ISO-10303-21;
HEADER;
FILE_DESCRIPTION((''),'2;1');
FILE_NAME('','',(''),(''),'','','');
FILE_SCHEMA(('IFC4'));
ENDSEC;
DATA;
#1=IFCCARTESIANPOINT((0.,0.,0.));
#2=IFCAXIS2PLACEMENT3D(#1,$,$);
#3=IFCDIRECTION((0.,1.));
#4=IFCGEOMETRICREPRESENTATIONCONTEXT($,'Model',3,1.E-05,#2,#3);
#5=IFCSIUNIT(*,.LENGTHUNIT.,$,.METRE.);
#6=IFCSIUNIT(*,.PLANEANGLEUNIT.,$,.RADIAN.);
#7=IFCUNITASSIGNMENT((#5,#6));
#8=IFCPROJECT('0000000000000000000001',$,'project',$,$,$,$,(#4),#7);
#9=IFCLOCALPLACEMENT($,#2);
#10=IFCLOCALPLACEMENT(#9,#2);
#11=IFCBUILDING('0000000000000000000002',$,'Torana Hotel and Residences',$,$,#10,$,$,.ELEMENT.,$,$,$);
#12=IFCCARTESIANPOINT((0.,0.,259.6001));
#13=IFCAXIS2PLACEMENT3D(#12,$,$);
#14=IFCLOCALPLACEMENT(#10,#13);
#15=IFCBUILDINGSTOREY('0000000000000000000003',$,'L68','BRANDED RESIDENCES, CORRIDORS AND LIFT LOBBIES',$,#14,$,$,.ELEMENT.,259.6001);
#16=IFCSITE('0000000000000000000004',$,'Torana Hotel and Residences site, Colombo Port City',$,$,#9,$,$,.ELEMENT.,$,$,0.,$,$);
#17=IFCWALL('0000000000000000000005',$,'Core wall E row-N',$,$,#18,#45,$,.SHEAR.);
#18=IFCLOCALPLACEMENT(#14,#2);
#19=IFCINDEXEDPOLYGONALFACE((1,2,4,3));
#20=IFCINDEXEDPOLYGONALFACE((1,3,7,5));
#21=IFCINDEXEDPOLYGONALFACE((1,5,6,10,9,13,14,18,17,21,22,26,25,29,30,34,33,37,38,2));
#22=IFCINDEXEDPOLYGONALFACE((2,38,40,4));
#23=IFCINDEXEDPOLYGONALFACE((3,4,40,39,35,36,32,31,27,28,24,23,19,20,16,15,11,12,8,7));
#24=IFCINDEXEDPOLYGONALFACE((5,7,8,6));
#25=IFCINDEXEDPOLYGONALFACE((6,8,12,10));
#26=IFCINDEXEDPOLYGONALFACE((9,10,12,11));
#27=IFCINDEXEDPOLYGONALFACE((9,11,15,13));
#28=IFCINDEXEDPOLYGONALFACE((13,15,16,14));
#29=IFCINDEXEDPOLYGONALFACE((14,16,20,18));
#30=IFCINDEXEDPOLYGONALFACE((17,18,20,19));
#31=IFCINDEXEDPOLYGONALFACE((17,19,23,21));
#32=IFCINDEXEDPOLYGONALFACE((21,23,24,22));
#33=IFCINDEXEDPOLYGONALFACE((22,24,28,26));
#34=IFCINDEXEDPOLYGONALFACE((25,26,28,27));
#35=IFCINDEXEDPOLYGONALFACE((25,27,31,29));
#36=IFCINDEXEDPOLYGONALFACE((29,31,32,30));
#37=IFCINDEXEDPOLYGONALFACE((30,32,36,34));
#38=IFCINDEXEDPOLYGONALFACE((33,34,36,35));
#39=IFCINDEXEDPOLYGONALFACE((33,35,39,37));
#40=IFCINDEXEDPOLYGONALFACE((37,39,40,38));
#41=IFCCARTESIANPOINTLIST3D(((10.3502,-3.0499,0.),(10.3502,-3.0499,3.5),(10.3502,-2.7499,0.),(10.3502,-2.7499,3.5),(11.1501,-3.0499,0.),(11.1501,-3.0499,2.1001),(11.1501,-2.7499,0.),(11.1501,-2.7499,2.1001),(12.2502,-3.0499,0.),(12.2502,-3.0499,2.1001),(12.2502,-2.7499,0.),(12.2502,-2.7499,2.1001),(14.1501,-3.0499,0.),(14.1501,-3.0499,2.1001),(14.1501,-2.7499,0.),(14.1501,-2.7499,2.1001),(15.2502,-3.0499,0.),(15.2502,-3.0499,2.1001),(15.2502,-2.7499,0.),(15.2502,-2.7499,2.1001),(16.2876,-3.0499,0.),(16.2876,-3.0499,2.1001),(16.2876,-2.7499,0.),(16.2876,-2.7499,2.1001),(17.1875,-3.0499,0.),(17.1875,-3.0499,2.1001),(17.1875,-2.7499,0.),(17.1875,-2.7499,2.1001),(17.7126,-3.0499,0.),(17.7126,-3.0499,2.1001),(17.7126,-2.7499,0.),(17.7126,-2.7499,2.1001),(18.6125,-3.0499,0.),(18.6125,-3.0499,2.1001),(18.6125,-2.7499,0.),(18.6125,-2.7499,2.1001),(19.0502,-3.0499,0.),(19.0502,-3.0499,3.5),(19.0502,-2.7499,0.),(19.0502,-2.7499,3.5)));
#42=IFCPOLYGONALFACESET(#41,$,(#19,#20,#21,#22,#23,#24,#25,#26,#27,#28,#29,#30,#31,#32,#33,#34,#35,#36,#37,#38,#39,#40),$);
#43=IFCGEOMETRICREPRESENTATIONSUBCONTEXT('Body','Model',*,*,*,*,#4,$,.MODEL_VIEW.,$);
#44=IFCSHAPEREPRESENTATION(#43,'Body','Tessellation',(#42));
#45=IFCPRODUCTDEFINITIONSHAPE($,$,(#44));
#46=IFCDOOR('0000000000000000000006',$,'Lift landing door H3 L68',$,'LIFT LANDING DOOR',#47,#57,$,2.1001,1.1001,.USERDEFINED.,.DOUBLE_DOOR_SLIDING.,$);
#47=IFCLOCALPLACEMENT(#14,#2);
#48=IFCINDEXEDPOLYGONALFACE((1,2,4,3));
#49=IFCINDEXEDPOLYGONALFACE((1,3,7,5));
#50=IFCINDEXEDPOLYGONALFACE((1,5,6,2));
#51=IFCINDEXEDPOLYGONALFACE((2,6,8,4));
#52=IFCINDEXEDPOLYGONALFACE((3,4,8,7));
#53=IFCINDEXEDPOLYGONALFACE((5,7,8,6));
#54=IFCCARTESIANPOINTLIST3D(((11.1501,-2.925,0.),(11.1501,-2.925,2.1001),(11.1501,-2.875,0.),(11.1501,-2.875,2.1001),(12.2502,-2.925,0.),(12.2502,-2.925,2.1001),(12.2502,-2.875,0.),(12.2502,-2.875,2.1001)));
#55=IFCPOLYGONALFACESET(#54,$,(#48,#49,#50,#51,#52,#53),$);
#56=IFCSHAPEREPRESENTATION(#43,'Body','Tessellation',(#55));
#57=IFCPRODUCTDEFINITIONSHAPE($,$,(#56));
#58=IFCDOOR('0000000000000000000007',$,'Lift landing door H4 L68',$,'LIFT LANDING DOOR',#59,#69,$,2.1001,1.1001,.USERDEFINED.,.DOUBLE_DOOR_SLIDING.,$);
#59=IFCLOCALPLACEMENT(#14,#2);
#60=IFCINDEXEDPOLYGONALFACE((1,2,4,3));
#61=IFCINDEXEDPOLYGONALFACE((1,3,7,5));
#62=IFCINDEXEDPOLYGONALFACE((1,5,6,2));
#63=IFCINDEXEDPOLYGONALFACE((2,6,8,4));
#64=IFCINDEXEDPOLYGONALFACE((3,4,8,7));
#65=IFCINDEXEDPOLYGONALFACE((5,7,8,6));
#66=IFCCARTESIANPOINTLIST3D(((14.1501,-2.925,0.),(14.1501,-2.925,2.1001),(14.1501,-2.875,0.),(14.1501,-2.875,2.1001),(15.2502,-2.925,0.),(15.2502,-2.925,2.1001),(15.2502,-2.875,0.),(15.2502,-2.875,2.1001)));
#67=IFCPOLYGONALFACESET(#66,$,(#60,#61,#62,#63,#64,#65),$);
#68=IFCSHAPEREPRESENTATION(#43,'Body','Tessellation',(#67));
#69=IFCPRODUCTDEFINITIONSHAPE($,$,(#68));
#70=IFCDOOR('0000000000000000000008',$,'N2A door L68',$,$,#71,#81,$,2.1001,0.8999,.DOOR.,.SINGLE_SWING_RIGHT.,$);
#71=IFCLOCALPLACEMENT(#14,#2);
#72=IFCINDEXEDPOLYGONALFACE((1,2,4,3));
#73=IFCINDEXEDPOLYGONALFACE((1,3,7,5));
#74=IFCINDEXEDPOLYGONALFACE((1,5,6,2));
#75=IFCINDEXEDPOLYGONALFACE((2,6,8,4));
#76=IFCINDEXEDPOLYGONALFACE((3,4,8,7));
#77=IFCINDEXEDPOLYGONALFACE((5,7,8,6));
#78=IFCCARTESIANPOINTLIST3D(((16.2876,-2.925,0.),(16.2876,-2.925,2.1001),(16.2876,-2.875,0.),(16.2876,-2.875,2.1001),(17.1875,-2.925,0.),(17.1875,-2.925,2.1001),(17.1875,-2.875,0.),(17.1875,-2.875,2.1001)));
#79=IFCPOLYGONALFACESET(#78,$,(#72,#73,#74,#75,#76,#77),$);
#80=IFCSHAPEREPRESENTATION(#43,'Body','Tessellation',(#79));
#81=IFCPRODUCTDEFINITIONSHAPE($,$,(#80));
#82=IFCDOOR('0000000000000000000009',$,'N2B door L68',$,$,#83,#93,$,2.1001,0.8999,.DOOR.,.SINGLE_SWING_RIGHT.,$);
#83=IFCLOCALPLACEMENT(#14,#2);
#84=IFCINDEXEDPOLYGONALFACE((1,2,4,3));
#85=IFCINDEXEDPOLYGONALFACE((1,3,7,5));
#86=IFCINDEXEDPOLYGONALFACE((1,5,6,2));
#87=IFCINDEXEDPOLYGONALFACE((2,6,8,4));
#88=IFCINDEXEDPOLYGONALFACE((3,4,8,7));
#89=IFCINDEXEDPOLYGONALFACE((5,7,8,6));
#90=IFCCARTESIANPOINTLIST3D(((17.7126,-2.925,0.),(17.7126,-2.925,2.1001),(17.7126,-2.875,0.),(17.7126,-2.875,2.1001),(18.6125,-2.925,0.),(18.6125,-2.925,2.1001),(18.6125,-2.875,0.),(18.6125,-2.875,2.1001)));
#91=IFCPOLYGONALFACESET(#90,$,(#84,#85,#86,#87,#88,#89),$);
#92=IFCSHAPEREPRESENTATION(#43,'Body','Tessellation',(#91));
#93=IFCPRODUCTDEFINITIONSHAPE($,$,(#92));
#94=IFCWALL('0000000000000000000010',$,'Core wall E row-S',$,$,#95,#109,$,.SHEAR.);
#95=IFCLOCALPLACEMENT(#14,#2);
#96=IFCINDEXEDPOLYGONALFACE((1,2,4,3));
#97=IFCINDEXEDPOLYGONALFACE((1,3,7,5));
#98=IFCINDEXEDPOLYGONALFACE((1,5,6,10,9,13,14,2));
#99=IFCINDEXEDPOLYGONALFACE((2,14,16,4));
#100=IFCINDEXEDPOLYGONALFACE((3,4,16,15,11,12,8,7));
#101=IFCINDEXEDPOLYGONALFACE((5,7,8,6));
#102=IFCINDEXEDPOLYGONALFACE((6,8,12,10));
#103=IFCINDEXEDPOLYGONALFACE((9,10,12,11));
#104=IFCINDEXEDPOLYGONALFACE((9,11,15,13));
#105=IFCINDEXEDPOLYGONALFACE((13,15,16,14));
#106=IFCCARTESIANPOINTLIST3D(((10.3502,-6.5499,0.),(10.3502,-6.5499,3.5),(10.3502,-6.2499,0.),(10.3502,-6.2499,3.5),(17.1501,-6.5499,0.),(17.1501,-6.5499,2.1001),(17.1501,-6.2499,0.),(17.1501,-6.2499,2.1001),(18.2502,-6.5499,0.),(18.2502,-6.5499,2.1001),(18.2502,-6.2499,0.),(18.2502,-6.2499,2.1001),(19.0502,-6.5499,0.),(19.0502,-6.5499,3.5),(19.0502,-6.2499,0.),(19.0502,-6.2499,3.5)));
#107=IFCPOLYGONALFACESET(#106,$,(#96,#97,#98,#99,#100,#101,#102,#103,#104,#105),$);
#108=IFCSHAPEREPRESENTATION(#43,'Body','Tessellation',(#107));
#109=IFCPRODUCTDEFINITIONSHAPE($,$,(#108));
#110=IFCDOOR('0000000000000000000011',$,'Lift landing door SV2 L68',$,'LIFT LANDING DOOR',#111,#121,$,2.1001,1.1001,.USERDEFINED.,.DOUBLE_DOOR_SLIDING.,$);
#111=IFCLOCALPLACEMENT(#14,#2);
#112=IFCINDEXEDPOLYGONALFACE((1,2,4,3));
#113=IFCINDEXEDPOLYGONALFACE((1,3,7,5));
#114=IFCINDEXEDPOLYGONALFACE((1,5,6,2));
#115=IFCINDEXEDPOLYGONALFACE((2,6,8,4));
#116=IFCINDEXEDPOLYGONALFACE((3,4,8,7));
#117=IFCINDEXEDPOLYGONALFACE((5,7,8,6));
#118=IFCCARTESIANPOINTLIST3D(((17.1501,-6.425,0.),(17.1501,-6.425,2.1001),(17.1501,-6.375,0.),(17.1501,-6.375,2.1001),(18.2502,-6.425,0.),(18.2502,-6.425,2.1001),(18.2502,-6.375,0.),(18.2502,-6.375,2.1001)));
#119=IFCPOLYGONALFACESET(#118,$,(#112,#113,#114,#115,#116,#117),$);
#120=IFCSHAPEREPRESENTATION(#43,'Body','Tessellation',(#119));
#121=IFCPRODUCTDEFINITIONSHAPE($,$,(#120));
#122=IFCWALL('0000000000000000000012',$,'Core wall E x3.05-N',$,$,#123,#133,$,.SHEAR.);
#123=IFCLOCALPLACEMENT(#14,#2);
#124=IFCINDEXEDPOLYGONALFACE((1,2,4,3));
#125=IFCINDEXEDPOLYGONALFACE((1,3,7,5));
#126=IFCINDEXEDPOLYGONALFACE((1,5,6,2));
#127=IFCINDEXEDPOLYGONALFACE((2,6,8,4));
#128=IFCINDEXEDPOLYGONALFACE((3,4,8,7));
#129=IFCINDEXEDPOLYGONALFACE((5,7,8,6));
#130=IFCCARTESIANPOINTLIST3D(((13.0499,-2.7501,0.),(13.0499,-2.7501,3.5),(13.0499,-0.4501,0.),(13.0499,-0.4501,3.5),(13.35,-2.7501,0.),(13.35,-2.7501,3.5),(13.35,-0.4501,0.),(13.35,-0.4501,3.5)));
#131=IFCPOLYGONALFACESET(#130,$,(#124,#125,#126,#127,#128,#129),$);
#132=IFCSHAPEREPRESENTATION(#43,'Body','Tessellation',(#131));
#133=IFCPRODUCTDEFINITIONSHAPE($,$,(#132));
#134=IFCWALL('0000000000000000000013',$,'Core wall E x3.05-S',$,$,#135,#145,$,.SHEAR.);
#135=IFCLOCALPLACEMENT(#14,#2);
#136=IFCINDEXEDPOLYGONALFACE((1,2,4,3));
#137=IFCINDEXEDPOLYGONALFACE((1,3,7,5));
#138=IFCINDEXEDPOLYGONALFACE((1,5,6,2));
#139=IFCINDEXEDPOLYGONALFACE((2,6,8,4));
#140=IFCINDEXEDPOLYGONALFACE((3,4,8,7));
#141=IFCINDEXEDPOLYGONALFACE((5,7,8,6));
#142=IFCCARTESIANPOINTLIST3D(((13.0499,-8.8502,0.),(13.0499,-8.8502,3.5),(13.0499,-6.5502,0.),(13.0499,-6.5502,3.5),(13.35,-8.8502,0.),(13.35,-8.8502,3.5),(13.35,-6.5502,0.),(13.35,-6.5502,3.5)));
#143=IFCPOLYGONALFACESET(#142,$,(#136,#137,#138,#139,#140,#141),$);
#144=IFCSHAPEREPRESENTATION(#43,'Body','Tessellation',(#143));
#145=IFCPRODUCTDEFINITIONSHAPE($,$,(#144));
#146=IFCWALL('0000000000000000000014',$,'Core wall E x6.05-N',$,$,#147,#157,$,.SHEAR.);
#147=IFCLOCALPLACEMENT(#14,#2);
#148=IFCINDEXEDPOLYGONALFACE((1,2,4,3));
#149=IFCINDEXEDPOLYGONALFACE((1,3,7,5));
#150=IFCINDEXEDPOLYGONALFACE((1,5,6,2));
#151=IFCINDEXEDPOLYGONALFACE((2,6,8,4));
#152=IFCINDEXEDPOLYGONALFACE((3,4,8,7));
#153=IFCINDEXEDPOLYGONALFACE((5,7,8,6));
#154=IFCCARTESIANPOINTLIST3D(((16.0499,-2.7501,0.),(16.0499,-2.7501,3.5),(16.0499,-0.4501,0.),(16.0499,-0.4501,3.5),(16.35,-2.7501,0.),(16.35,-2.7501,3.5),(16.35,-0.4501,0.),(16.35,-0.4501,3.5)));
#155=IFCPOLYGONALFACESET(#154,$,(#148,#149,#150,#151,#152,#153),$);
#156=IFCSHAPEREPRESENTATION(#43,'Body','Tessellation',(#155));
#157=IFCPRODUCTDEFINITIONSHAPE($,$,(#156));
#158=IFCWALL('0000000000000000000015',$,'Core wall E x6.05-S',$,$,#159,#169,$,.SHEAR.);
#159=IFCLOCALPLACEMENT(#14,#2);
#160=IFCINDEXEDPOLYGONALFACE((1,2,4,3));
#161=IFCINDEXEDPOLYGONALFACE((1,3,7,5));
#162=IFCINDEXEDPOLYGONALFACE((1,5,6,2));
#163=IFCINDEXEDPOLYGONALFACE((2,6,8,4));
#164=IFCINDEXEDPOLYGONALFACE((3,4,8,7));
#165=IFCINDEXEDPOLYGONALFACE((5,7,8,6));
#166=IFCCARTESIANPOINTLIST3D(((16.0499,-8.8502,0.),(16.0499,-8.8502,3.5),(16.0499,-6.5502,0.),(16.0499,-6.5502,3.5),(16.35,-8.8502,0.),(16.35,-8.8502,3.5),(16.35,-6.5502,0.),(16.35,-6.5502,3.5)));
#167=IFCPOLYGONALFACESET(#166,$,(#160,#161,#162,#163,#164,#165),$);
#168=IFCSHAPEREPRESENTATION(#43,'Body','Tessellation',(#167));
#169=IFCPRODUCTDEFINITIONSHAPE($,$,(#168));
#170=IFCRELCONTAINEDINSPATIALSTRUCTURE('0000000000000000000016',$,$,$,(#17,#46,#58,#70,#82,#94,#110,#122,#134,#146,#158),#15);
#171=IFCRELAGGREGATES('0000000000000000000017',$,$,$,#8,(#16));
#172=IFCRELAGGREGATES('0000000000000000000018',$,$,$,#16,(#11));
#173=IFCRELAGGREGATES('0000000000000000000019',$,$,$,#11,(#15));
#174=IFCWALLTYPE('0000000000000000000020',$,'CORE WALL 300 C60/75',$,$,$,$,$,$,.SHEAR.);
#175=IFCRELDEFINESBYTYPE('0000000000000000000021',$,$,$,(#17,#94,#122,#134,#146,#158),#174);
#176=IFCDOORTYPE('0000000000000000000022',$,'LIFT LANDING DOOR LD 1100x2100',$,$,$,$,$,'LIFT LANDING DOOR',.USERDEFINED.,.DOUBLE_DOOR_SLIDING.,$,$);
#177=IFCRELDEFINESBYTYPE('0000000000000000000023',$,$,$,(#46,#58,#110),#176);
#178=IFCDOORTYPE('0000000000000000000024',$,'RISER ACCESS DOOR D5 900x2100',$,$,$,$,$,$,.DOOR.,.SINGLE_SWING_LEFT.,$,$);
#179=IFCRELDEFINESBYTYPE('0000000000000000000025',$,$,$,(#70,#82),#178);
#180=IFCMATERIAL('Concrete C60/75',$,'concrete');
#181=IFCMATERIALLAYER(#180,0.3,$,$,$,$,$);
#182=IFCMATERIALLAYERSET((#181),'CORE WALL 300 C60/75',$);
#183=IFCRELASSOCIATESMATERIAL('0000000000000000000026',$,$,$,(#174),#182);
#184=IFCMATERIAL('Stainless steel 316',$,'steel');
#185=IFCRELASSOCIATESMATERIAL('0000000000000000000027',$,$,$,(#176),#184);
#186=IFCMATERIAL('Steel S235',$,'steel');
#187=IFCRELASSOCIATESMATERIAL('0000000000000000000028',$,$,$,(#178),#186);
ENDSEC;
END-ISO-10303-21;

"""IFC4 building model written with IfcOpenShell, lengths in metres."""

from ifc_helpers import new_model, si_unit, direction, frame, frame_2d, origin, place, context, subcontext, project, spatial, rectangle, extrude, material, layer, layer_set, type_object, element, fill, save


model = new_model("IFC4")

# Units and contexts
model_context = context("Model", 3, precision=1e-05, world=origin(), true_north=direction((0.0, 1.0)))
body_context = subcontext(model_context, "Body", "Model", "MODEL_VIEW")
ifc_project = project(units=[si_unit("LENGTHUNIT", "METRE"), si_unit("PLANEANGLEUNIT", "RADIAN")], contexts=[model_context])

# Site, building, storey
site_placement = place(None, origin())
site = spatial("IfcSite", under=ifc_project, at=site_placement, Name="Torana Hotel and Residences site, Colombo Port City", CompositionType="ELEMENT", RefElevation=0.0)
building_placement = place(site_placement, origin())
building = spatial("IfcBuilding", under=site, at=building_placement, Name="Torana Hotel and Residences", CompositionType="ELEMENT")
storey_placement = place(building_placement, frame((0.0, 0.0, 259.6001)))
storey = spatial("IfcBuildingStorey", under=building, at=storey_placement, Name="L68", Description="BRANDED RESIDENCES, CORRIDORS AND LIFT LOBBIES", CompositionType="ELEMENT", Elevation=259.6001)

# Wall, openings, doors
ifc_material_1 = material(Name="Concrete C60/75", Category="concrete")
ifc_layer_1 = layer(ifc_material_1, 0.3)
ifc_layer_set_1 = layer_set([ifc_layer_1], Name="CORE WALL 300 C60/75")
wall_type_1 = type_object("IfcWallType", Name="CORE WALL 300 C60/75", PredefinedType="SHEAR", material=ifc_layer_set_1)
wall_1_placement = place(storey_placement, frame((10.3501, -2.8999, 0.0), z_axis=(0.0, 0.0, 1.0), x_axis=(1.0, 0.0, 0.0)))
wall_1 = element("IfcWall", 1, at=wall_1_placement, inside=storey, type_object=wall_type_1, Name="Core wall E row-N", PredefinedType="SHEAR", context=body_context, shape_type="SweptSolid", body=[
    extrude(rectangle(XDim=8.7, YDim=0.3, at=frame_2d((4.3501, 0.0))), origin(), (0.0, 0.0, 1.0), 3.5),
])
opening_1_placement = place(wall_1_placement, frame((0.8, 0.0, 0.0)))
opening_1 = element("IfcOpeningElement", 2, at=opening_1_placement, cuts=wall_1, PredefinedType="OPENING", context=body_context, shape_type="SweptSolid", body=[
    extrude(rectangle(XDim=1.1001, YDim=2.1001, at=frame_2d((0.55, 1.05))), frame((0.0, 0.1599, 0.0), z_axis=(0.0, -1.0, 0.0), x_axis=(1.0, 0.0, 0.0)), (0.0, 0.0, 1.0), 0.3201),
])
opening_2_placement = place(wall_1_placement, frame((3.8, 0.0, 0.0)))
opening_2 = element("IfcOpeningElement", 3, at=opening_2_placement, cuts=wall_1, PredefinedType="OPENING", context=body_context, shape_type="SweptSolid", body=[
    extrude(rectangle(XDim=1.1001, YDim=2.1001, at=frame_2d((0.55, 1.05))), frame((0.0, 0.1599, 0.0), z_axis=(0.0, -1.0, 0.0), x_axis=(1.0, 0.0, 0.0)), (0.0, 0.0, 1.0), 0.3201),
])
opening_3_placement = place(wall_1_placement, frame((5.9375, 0.0, 0.0)))
opening_3 = element("IfcOpeningElement", 4, at=opening_3_placement, cuts=wall_1, PredefinedType="OPENING", context=body_context, shape_type="SweptSolid", body=[
    extrude(rectangle(XDim=0.8999, YDim=2.1001, at=frame_2d((0.45, 1.05))), frame((0.0, 0.1599, 0.0), z_axis=(0.0, -1.0, 0.0), x_axis=(1.0, 0.0, 0.0)), (0.0, 0.0, 1.0), 0.3201),
])
opening_4_placement = place(wall_1_placement, frame((7.3625, 0.0, 0.0)))
opening_4 = element("IfcOpeningElement", 5, at=opening_4_placement, cuts=wall_1, PredefinedType="OPENING", context=body_context, shape_type="SweptSolid", body=[
    extrude(rectangle(XDim=0.8999, YDim=2.1001, at=frame_2d((0.45, 1.05))), frame((0.0, 0.1599, 0.0), z_axis=(0.0, -1.0, 0.0), x_axis=(1.0, 0.0, 0.0)), (0.0, 0.0, 1.0), 0.3201),
])
ifc_material_2 = material(Name="Stainless steel 316", Category="steel")
door_type_1 = type_object("IfcDoorType", Name="LIFT LANDING DOOR LD 1100x2100", ElementType="LIFT LANDING DOOR", OperationType="DOUBLE_DOOR_SLIDING", PredefinedType="USERDEFINED", material=ifc_material_2)
door_1_placement = place(opening_1_placement, origin())
door_1 = element("IfcDoor", 6, at=door_1_placement, inside=storey, type_object=door_type_1, Name="Lift landing door H3 L68", ObjectType="LIFT LANDING DOOR", OperationType="DOUBLE_DOOR_SLIDING", OverallHeight=2.1001, OverallWidth=1.1001, PredefinedType="USERDEFINED", context=body_context, shape_type="SweptSolid", body=[
    extrude(rectangle(XDim=1.1001, YDim=2.1001, at=frame_2d((0.55, 1.05))), frame((0.0, 0.0249, 0.0), z_axis=(0.0, -1.0, 0.0), x_axis=(1.0, 0.0, 0.0)), (0.0, 0.0, 1.0), 0.05),
])
fill(opening_1, door_1)
door_2_placement = place(opening_2_placement, origin())
door_2 = element("IfcDoor", 7, at=door_2_placement, inside=storey, type_object=door_type_1, Name="Lift landing door H4 L68", ObjectType="LIFT LANDING DOOR", OperationType="DOUBLE_DOOR_SLIDING", OverallHeight=2.1001, OverallWidth=1.1001, PredefinedType="USERDEFINED", context=body_context, shape_type="SweptSolid", body=[
    extrude(rectangle(XDim=1.1001, YDim=2.1001, at=frame_2d((0.55, 1.05))), frame((0.0, 0.0249, 0.0), z_axis=(0.0, -1.0, 0.0), x_axis=(1.0, 0.0, 0.0)), (0.0, 0.0, 1.0), 0.05),
])
fill(opening_2, door_2)
ifc_material_3 = material(Name="Steel S235", Category="steel")
door_type_2 = type_object("IfcDoorType", Name="RISER ACCESS DOOR D5 900x2100", OperationType="SINGLE_SWING_LEFT", PredefinedType="DOOR", material=ifc_material_3)
door_3_placement = place(opening_3_placement, origin())
door_3 = element("IfcDoor", 8, at=door_3_placement, inside=storey, type_object=door_type_2, Name="N2A door L68", OperationType="SINGLE_SWING_RIGHT", OverallHeight=2.1001, OverallWidth=0.8999, PredefinedType="DOOR", context=body_context, shape_type="SweptSolid", body=[
    extrude(rectangle(XDim=0.8999, YDim=2.1001, at=frame_2d((0.45, 1.05))), frame((0.0, 0.0249, 0.0), z_axis=(0.0, -1.0, 0.0), x_axis=(1.0, 0.0, 0.0)), (0.0, 0.0, 1.0), 0.05),
])
fill(opening_3, door_3)
door_4_placement = place(opening_4_placement, origin())
door_4 = element("IfcDoor", 9, at=door_4_placement, inside=storey, type_object=door_type_2, Name="N2B door L68", OperationType="SINGLE_SWING_RIGHT", OverallHeight=2.1001, OverallWidth=0.8999, PredefinedType="DOOR", context=body_context, shape_type="SweptSolid", body=[
    extrude(rectangle(XDim=0.8999, YDim=2.1001, at=frame_2d((0.45, 1.05))), frame((0.0, 0.0249, 0.0), z_axis=(0.0, -1.0, 0.0), x_axis=(1.0, 0.0, 0.0)), (0.0, 0.0, 1.0), 0.05),
])
fill(opening_4, door_4)

# Wall, opening, door
wall_2_placement = place(storey_placement, frame((10.3501, -6.3999, 0.0), z_axis=(0.0, 0.0, 1.0), x_axis=(1.0, 0.0, 0.0)))
wall_2 = element("IfcWall", 10, at=wall_2_placement, inside=storey, type_object=wall_type_1, Name="Core wall E row-S", PredefinedType="SHEAR", context=body_context, shape_type="SweptSolid", body=[
    extrude(rectangle(XDim=8.7, YDim=0.3, at=frame_2d((4.3501, 0.0))), origin(), (0.0, 0.0, 1.0), 3.5),
])
opening_5_placement = place(wall_2_placement, frame((6.8, 0.0, 0.0)))
opening_5 = element("IfcOpeningElement", 11, at=opening_5_placement, cuts=wall_2, PredefinedType="OPENING", context=body_context, shape_type="SweptSolid", body=[
    extrude(rectangle(XDim=1.1001, YDim=2.1001, at=frame_2d((0.55, 1.05))), frame((0.0, 0.1599, 0.0), z_axis=(0.0, -1.0, 0.0), x_axis=(1.0, 0.0, 0.0)), (0.0, 0.0, 1.0), 0.3201),
])
door_5_placement = place(opening_5_placement, origin())
door_5 = element("IfcDoor", 12, at=door_5_placement, inside=storey, type_object=door_type_1, Name="Lift landing door SV2 L68", ObjectType="LIFT LANDING DOOR", OperationType="DOUBLE_DOOR_SLIDING", OverallHeight=2.1001, OverallWidth=1.1001, PredefinedType="USERDEFINED", context=body_context, shape_type="SweptSolid", body=[
    extrude(rectangle(XDim=1.1001, YDim=2.1001, at=frame_2d((0.55, 1.05))), frame((0.0, 0.0249, 0.0), z_axis=(0.0, -1.0, 0.0), x_axis=(1.0, 0.0, 0.0)), (0.0, 0.0, 1.0), 0.05),
])
fill(opening_5, door_5)

# Walls
for number, where, z_axis, x_axis, name in (
    (13, (13.2, -2.75, 0.0), (0.0, 0.0, 1.0), (0.0, 1.0, 0.0), "Core wall E x3.05-N"),
    (14, (13.2, -8.8501, 0.0), (0.0, 0.0, 1.0), (0.0, 1.0, 0.0), "Core wall E x3.05-S"),
    (15, (16.2, -2.75, 0.0), (0.0, 0.0, 1.0), (0.0, 1.0, 0.0), "Core wall E x6.05-N"),
    (16, (16.2, -8.8501, 0.0), (0.0, 0.0, 1.0), (0.0, 1.0, 0.0), "Core wall E x6.05-S"),
):
    element("IfcWall", number, at=place(storey_placement, frame(where, z_axis=z_axis, x_axis=x_axis)), inside=storey, type_object=wall_type_1, Name=name, PredefinedType="SHEAR", context=body_context, shape_type="SweptSolid", body=[
        extrude(rectangle(XDim=2.3, YDim=0.3, at=frame_2d((1.1499, 0.0))), origin(), (0.0, 0.0, 1.0), 3.5),
    ])

save(model, "model.ifc")
